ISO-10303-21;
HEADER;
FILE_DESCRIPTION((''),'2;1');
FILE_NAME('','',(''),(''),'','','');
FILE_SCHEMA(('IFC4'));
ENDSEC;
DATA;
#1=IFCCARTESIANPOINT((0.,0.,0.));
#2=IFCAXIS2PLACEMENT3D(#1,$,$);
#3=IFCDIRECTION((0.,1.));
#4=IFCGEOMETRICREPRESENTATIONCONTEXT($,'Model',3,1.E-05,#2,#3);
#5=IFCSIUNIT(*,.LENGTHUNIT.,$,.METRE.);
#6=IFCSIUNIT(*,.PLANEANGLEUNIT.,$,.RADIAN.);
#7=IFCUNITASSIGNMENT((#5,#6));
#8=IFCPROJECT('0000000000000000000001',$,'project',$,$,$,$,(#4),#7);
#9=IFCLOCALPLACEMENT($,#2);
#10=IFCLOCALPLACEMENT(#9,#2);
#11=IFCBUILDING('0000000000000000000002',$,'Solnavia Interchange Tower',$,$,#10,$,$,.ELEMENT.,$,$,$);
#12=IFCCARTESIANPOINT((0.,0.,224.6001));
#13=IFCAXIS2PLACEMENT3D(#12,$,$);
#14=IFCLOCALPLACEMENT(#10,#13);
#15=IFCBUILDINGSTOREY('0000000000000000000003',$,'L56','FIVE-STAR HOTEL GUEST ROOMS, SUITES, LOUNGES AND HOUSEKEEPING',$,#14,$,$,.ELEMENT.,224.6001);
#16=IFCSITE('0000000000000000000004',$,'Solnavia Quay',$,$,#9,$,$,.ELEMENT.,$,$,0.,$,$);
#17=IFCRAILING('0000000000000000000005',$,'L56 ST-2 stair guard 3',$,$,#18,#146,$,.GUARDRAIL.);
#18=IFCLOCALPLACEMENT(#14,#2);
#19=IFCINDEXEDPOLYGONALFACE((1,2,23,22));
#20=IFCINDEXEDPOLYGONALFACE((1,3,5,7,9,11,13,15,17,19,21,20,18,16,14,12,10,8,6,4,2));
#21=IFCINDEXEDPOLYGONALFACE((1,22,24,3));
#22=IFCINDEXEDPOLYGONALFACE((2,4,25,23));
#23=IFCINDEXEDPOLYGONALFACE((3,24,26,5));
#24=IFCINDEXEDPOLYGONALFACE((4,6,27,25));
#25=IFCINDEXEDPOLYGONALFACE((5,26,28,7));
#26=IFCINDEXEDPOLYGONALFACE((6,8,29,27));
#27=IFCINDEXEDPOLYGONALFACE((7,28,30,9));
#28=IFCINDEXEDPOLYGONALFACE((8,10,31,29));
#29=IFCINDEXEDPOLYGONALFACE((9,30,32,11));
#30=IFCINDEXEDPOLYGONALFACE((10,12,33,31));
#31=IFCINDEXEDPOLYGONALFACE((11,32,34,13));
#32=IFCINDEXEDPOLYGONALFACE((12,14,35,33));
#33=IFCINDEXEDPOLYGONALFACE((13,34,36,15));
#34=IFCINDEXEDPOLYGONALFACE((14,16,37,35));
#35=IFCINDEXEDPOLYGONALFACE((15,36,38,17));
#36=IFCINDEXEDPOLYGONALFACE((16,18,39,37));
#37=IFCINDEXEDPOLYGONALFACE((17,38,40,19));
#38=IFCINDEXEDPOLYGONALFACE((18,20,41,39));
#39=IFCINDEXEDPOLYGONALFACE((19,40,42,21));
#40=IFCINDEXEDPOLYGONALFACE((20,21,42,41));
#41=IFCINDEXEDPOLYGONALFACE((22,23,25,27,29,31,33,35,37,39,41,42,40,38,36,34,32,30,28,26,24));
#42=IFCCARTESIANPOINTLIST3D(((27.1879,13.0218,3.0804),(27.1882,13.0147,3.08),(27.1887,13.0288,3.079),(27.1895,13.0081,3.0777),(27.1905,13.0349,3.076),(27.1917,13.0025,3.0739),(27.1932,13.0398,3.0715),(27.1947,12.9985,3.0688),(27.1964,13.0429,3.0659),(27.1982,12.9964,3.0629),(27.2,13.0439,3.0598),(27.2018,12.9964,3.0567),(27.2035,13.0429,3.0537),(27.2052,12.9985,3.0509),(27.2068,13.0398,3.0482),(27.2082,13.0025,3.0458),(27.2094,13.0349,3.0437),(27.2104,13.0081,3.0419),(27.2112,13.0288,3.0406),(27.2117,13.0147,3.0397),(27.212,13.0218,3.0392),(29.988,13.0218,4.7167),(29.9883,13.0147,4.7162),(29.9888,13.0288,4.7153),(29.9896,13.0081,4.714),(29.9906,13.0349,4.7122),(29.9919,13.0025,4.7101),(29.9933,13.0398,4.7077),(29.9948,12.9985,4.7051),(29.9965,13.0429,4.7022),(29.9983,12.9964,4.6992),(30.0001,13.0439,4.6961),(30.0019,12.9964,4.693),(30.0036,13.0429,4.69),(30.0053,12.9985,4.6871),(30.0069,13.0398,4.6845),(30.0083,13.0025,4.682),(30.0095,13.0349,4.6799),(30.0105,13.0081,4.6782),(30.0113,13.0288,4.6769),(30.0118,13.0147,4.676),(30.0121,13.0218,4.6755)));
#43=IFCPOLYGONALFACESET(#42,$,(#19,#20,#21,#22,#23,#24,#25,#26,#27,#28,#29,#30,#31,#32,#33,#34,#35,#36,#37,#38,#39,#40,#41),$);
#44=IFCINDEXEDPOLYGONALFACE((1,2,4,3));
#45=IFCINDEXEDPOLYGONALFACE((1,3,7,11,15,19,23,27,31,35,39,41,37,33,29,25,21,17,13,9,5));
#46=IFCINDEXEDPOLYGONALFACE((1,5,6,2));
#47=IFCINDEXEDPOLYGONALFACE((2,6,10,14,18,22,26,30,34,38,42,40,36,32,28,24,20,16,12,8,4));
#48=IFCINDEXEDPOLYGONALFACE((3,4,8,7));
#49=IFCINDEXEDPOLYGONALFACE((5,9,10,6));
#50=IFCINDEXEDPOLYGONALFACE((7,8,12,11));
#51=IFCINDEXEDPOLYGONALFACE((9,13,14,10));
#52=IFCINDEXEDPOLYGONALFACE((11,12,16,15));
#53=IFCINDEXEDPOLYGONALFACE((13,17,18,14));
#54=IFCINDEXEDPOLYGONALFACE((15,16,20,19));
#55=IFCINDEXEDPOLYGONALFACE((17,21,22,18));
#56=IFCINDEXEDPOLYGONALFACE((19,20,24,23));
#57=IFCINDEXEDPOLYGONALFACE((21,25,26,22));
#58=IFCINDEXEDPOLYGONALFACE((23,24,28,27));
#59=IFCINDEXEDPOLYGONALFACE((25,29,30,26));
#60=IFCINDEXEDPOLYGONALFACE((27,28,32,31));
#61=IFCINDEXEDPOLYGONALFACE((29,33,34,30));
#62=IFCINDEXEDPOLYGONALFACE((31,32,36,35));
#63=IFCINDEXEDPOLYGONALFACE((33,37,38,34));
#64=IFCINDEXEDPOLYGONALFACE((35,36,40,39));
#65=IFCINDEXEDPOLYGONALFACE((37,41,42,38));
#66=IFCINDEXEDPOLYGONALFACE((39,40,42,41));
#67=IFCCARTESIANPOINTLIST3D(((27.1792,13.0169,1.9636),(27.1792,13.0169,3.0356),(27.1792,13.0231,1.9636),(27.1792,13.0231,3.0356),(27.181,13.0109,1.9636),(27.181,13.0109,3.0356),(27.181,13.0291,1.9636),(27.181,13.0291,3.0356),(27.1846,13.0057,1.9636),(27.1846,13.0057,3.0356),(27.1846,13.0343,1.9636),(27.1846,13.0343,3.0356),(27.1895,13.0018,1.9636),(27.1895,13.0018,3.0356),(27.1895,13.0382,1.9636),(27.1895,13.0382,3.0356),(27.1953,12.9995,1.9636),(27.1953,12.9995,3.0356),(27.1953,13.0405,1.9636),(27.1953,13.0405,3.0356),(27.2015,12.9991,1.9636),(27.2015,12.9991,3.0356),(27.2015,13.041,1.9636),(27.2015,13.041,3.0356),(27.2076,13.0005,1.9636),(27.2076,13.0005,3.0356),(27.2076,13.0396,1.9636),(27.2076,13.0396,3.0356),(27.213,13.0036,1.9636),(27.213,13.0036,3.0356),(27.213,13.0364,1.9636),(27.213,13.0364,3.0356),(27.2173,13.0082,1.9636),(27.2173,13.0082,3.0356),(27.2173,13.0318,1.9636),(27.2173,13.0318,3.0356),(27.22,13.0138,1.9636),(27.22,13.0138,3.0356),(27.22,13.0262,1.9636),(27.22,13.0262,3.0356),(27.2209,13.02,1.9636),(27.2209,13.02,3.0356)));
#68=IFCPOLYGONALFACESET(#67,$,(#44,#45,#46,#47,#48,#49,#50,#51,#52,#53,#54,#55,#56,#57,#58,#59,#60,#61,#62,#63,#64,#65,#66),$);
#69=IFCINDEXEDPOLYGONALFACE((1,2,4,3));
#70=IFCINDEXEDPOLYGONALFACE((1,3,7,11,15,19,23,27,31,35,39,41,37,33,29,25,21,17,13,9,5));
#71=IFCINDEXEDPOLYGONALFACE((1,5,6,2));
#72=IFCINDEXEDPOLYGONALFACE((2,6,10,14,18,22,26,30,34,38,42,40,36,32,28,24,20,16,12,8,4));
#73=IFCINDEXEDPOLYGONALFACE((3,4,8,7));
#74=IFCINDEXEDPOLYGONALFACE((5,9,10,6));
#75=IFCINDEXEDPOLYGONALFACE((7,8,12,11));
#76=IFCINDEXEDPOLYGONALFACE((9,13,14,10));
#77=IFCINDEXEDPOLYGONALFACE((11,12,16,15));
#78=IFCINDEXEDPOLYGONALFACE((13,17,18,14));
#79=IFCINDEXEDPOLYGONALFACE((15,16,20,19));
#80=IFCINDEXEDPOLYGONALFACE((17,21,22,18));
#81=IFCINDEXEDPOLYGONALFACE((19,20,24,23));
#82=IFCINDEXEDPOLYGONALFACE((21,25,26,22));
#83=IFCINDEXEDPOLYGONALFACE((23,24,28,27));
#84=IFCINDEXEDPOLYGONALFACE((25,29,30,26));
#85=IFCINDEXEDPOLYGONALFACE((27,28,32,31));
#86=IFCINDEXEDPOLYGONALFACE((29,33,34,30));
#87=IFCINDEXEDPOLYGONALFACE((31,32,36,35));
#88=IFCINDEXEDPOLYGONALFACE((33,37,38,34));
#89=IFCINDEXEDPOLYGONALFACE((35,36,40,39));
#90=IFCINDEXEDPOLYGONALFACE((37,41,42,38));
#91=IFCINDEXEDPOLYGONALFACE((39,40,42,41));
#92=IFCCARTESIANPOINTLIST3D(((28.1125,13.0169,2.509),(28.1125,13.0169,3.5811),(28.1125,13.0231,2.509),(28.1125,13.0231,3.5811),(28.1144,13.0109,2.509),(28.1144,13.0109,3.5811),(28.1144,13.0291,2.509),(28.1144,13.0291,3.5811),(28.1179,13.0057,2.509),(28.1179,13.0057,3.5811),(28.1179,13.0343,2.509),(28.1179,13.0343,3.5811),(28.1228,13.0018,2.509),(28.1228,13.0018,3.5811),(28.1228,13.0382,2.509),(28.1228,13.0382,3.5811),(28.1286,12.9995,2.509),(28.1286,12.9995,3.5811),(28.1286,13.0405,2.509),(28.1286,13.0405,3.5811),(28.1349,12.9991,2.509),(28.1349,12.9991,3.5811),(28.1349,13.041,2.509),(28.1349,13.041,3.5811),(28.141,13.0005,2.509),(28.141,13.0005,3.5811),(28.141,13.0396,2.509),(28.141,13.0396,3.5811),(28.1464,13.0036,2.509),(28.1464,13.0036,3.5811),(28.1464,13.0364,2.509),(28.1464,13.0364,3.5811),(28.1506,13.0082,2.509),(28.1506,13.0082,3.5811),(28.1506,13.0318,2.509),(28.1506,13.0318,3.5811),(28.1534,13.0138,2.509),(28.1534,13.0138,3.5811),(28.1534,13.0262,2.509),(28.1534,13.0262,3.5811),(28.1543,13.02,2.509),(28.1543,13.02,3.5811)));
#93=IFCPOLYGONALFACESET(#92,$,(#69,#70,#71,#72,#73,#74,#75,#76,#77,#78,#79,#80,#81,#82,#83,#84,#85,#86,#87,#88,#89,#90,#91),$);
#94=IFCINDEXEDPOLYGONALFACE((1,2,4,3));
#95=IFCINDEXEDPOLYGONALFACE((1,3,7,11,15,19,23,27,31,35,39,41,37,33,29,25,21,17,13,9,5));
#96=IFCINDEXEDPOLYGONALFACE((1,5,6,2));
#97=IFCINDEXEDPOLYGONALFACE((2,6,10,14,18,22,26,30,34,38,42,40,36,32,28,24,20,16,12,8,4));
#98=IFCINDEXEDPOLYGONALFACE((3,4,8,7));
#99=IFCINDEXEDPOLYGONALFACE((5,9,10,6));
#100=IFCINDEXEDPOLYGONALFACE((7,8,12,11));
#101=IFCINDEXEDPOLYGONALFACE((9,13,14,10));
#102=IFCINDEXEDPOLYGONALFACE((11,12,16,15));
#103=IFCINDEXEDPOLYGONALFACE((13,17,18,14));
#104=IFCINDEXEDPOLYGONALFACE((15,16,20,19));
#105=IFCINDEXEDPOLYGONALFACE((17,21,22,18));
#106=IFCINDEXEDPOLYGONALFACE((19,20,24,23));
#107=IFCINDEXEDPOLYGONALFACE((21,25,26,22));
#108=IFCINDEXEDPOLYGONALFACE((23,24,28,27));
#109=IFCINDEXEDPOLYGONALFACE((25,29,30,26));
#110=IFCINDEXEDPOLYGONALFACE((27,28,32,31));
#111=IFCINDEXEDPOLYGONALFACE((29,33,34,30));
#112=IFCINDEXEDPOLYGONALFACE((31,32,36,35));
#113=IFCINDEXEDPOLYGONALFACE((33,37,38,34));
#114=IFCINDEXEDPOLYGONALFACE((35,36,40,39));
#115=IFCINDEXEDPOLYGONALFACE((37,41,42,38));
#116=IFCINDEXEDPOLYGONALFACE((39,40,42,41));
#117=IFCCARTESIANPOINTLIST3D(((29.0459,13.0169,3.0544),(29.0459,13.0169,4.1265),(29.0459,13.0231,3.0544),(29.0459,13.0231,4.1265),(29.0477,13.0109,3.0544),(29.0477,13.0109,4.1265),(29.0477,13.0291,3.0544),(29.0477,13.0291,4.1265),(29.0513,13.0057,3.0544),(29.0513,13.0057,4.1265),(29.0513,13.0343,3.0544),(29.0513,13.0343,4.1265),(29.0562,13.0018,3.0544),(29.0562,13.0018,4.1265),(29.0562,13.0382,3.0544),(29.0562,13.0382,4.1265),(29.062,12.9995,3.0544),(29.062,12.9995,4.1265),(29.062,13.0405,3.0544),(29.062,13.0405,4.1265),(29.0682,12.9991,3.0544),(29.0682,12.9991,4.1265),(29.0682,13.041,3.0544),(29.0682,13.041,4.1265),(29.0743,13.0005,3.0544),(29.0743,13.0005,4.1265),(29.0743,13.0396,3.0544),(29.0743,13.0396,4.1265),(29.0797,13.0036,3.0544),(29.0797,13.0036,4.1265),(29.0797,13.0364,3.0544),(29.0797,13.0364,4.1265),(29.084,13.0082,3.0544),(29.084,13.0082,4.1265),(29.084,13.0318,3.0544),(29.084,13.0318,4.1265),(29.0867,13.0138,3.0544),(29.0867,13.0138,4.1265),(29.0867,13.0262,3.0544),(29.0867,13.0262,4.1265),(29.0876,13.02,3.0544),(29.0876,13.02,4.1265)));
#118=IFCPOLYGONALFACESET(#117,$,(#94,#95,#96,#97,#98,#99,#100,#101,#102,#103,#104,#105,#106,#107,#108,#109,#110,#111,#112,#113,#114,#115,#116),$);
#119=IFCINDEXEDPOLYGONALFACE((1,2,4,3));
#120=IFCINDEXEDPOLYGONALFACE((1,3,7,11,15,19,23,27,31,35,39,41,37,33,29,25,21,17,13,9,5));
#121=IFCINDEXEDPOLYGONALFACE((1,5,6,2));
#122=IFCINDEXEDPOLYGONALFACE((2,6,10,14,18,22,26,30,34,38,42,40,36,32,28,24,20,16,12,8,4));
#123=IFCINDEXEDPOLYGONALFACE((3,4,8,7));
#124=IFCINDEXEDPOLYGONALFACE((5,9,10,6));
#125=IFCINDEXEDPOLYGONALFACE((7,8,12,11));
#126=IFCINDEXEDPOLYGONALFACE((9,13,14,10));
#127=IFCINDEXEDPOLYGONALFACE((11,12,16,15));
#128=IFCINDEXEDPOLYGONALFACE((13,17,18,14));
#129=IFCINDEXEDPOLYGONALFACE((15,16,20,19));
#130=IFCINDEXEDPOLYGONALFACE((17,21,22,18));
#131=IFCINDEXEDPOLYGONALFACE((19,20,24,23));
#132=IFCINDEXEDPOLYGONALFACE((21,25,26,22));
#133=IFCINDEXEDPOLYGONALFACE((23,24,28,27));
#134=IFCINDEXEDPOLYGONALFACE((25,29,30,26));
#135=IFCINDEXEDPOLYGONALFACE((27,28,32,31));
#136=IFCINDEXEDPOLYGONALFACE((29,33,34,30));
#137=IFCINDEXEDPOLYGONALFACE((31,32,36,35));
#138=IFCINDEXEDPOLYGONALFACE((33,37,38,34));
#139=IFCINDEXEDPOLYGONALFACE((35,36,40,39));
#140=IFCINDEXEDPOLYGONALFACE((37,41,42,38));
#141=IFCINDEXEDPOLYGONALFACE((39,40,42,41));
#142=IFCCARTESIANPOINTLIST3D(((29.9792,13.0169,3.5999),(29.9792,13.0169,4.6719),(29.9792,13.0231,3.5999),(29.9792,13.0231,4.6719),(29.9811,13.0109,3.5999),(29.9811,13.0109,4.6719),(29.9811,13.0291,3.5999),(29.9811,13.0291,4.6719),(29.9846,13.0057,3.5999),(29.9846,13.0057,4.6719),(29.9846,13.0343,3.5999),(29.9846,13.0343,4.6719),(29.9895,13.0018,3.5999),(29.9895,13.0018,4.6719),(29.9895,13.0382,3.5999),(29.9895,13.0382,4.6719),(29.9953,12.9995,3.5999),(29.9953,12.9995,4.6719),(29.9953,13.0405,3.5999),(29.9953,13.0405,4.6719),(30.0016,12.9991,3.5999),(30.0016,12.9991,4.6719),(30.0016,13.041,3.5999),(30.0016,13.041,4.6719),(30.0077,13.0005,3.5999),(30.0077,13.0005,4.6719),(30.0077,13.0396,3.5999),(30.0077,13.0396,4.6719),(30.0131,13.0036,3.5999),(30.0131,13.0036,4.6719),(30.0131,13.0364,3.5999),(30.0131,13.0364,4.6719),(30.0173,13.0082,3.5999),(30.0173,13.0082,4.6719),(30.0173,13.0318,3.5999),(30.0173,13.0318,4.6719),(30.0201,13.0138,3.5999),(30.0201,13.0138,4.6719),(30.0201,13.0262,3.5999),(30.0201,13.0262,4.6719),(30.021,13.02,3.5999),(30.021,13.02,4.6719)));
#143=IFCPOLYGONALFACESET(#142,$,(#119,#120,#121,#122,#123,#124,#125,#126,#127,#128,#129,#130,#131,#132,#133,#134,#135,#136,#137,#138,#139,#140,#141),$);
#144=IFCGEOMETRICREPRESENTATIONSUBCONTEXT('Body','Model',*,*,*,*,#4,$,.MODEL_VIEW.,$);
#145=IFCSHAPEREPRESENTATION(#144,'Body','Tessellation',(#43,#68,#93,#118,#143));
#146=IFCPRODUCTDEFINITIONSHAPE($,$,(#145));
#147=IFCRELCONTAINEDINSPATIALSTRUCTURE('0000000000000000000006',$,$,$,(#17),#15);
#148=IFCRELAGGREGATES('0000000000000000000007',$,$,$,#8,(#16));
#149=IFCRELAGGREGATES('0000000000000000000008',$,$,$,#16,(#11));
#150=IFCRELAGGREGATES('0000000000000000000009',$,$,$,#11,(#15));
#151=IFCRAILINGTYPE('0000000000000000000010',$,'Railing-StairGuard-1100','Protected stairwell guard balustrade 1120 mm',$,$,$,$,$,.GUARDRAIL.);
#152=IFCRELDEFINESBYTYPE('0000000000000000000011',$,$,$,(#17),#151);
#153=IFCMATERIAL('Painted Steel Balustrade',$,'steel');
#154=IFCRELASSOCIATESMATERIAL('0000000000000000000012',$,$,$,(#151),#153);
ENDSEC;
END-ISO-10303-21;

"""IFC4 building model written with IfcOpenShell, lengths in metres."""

from ifc_helpers import new_model, si_unit, direction, frame, origin, origin_2d, place, context, subcontext, project, spatial, circle, extrude, material, type_object, element, save


model = new_model("IFC4")

# Units and contexts
model_context = context("Model", 3, precision=1e-05, world=origin(), true_north=direction((0.0, 1.0)))
body_context = subcontext(model_context, "Body", "Model", "MODEL_VIEW")
ifc_project = project(units=[si_unit("LENGTHUNIT", "METRE"), si_unit("PLANEANGLEUNIT", "RADIAN")], contexts=[model_context])

# Site, building, storey
site_placement = place(None, origin())
site = spatial("IfcSite", under=ifc_project, at=site_placement, Name="Solnavia Quay", CompositionType="ELEMENT", RefElevation=0.0)
building_placement = place(site_placement, origin())
building = spatial("IfcBuilding", under=site, at=building_placement, Name="Solnavia Interchange Tower", CompositionType="ELEMENT")
storey_placement = place(building_placement, frame((0.0, 0.0, 224.6001)))
storey = spatial("IfcBuildingStorey", under=building, at=storey_placement, Name="L56", Description="FIVE-STAR HOTEL GUEST ROOMS, SUITES, LOUNGES AND HOUSEKEEPING", CompositionType="ELEMENT", Elevation=224.6001)

# Railing
ifc_material_1 = material(Name="Painted Steel Balustrade", Category="steel")
railing_type_1 = type_object("IfcRailingType", Name="Railing-StairGuard-1100", Description="Protected stairwell guard balustrade 1120 mm", PredefinedType="GUARDRAIL", material=ifc_material_1)
railing_1_placement = place(storey_placement, frame((27.2, 13.02, 1.9636)))
element("IfcRailing", 1, at=railing_1_placement, inside=storey, type_object=railing_type_1, Name="L56 ST-2 stair guard 3", PredefinedType="GUARDRAIL", context=body_context, shape_type="SweptSolid", body=[
    extrude(circle(Radius=0.0239, at=origin_2d()), frame((0.0, 0.0, 1.0962), z_axis=(0.863394, 0.0, 0.504531), x_axis=(0.0, 1.0, 0.0)), (0.0, 0.0, 1.0), 3.2432),
    extrude(circle(Radius=0.021, at=origin_2d()), origin(), (0.0, 0.0, 1.0), 1.072),
    extrude(circle(Radius=0.021, at=origin_2d()), frame((0.9333, 0.0, 0.5454)), (0.0, 0.0, 1.0), 1.072),
    extrude(circle(Radius=0.021, at=origin_2d()), frame((1.8667, 0.0, 1.0908)), (0.0, 0.0, 1.0), 1.072),
    extrude(circle(Radius=0.021, at=origin_2d()), frame((2.8, 0.0, 1.6362)), (0.0, 0.0, 1.0), 1.072),
])

save(model, "model.ifc")
